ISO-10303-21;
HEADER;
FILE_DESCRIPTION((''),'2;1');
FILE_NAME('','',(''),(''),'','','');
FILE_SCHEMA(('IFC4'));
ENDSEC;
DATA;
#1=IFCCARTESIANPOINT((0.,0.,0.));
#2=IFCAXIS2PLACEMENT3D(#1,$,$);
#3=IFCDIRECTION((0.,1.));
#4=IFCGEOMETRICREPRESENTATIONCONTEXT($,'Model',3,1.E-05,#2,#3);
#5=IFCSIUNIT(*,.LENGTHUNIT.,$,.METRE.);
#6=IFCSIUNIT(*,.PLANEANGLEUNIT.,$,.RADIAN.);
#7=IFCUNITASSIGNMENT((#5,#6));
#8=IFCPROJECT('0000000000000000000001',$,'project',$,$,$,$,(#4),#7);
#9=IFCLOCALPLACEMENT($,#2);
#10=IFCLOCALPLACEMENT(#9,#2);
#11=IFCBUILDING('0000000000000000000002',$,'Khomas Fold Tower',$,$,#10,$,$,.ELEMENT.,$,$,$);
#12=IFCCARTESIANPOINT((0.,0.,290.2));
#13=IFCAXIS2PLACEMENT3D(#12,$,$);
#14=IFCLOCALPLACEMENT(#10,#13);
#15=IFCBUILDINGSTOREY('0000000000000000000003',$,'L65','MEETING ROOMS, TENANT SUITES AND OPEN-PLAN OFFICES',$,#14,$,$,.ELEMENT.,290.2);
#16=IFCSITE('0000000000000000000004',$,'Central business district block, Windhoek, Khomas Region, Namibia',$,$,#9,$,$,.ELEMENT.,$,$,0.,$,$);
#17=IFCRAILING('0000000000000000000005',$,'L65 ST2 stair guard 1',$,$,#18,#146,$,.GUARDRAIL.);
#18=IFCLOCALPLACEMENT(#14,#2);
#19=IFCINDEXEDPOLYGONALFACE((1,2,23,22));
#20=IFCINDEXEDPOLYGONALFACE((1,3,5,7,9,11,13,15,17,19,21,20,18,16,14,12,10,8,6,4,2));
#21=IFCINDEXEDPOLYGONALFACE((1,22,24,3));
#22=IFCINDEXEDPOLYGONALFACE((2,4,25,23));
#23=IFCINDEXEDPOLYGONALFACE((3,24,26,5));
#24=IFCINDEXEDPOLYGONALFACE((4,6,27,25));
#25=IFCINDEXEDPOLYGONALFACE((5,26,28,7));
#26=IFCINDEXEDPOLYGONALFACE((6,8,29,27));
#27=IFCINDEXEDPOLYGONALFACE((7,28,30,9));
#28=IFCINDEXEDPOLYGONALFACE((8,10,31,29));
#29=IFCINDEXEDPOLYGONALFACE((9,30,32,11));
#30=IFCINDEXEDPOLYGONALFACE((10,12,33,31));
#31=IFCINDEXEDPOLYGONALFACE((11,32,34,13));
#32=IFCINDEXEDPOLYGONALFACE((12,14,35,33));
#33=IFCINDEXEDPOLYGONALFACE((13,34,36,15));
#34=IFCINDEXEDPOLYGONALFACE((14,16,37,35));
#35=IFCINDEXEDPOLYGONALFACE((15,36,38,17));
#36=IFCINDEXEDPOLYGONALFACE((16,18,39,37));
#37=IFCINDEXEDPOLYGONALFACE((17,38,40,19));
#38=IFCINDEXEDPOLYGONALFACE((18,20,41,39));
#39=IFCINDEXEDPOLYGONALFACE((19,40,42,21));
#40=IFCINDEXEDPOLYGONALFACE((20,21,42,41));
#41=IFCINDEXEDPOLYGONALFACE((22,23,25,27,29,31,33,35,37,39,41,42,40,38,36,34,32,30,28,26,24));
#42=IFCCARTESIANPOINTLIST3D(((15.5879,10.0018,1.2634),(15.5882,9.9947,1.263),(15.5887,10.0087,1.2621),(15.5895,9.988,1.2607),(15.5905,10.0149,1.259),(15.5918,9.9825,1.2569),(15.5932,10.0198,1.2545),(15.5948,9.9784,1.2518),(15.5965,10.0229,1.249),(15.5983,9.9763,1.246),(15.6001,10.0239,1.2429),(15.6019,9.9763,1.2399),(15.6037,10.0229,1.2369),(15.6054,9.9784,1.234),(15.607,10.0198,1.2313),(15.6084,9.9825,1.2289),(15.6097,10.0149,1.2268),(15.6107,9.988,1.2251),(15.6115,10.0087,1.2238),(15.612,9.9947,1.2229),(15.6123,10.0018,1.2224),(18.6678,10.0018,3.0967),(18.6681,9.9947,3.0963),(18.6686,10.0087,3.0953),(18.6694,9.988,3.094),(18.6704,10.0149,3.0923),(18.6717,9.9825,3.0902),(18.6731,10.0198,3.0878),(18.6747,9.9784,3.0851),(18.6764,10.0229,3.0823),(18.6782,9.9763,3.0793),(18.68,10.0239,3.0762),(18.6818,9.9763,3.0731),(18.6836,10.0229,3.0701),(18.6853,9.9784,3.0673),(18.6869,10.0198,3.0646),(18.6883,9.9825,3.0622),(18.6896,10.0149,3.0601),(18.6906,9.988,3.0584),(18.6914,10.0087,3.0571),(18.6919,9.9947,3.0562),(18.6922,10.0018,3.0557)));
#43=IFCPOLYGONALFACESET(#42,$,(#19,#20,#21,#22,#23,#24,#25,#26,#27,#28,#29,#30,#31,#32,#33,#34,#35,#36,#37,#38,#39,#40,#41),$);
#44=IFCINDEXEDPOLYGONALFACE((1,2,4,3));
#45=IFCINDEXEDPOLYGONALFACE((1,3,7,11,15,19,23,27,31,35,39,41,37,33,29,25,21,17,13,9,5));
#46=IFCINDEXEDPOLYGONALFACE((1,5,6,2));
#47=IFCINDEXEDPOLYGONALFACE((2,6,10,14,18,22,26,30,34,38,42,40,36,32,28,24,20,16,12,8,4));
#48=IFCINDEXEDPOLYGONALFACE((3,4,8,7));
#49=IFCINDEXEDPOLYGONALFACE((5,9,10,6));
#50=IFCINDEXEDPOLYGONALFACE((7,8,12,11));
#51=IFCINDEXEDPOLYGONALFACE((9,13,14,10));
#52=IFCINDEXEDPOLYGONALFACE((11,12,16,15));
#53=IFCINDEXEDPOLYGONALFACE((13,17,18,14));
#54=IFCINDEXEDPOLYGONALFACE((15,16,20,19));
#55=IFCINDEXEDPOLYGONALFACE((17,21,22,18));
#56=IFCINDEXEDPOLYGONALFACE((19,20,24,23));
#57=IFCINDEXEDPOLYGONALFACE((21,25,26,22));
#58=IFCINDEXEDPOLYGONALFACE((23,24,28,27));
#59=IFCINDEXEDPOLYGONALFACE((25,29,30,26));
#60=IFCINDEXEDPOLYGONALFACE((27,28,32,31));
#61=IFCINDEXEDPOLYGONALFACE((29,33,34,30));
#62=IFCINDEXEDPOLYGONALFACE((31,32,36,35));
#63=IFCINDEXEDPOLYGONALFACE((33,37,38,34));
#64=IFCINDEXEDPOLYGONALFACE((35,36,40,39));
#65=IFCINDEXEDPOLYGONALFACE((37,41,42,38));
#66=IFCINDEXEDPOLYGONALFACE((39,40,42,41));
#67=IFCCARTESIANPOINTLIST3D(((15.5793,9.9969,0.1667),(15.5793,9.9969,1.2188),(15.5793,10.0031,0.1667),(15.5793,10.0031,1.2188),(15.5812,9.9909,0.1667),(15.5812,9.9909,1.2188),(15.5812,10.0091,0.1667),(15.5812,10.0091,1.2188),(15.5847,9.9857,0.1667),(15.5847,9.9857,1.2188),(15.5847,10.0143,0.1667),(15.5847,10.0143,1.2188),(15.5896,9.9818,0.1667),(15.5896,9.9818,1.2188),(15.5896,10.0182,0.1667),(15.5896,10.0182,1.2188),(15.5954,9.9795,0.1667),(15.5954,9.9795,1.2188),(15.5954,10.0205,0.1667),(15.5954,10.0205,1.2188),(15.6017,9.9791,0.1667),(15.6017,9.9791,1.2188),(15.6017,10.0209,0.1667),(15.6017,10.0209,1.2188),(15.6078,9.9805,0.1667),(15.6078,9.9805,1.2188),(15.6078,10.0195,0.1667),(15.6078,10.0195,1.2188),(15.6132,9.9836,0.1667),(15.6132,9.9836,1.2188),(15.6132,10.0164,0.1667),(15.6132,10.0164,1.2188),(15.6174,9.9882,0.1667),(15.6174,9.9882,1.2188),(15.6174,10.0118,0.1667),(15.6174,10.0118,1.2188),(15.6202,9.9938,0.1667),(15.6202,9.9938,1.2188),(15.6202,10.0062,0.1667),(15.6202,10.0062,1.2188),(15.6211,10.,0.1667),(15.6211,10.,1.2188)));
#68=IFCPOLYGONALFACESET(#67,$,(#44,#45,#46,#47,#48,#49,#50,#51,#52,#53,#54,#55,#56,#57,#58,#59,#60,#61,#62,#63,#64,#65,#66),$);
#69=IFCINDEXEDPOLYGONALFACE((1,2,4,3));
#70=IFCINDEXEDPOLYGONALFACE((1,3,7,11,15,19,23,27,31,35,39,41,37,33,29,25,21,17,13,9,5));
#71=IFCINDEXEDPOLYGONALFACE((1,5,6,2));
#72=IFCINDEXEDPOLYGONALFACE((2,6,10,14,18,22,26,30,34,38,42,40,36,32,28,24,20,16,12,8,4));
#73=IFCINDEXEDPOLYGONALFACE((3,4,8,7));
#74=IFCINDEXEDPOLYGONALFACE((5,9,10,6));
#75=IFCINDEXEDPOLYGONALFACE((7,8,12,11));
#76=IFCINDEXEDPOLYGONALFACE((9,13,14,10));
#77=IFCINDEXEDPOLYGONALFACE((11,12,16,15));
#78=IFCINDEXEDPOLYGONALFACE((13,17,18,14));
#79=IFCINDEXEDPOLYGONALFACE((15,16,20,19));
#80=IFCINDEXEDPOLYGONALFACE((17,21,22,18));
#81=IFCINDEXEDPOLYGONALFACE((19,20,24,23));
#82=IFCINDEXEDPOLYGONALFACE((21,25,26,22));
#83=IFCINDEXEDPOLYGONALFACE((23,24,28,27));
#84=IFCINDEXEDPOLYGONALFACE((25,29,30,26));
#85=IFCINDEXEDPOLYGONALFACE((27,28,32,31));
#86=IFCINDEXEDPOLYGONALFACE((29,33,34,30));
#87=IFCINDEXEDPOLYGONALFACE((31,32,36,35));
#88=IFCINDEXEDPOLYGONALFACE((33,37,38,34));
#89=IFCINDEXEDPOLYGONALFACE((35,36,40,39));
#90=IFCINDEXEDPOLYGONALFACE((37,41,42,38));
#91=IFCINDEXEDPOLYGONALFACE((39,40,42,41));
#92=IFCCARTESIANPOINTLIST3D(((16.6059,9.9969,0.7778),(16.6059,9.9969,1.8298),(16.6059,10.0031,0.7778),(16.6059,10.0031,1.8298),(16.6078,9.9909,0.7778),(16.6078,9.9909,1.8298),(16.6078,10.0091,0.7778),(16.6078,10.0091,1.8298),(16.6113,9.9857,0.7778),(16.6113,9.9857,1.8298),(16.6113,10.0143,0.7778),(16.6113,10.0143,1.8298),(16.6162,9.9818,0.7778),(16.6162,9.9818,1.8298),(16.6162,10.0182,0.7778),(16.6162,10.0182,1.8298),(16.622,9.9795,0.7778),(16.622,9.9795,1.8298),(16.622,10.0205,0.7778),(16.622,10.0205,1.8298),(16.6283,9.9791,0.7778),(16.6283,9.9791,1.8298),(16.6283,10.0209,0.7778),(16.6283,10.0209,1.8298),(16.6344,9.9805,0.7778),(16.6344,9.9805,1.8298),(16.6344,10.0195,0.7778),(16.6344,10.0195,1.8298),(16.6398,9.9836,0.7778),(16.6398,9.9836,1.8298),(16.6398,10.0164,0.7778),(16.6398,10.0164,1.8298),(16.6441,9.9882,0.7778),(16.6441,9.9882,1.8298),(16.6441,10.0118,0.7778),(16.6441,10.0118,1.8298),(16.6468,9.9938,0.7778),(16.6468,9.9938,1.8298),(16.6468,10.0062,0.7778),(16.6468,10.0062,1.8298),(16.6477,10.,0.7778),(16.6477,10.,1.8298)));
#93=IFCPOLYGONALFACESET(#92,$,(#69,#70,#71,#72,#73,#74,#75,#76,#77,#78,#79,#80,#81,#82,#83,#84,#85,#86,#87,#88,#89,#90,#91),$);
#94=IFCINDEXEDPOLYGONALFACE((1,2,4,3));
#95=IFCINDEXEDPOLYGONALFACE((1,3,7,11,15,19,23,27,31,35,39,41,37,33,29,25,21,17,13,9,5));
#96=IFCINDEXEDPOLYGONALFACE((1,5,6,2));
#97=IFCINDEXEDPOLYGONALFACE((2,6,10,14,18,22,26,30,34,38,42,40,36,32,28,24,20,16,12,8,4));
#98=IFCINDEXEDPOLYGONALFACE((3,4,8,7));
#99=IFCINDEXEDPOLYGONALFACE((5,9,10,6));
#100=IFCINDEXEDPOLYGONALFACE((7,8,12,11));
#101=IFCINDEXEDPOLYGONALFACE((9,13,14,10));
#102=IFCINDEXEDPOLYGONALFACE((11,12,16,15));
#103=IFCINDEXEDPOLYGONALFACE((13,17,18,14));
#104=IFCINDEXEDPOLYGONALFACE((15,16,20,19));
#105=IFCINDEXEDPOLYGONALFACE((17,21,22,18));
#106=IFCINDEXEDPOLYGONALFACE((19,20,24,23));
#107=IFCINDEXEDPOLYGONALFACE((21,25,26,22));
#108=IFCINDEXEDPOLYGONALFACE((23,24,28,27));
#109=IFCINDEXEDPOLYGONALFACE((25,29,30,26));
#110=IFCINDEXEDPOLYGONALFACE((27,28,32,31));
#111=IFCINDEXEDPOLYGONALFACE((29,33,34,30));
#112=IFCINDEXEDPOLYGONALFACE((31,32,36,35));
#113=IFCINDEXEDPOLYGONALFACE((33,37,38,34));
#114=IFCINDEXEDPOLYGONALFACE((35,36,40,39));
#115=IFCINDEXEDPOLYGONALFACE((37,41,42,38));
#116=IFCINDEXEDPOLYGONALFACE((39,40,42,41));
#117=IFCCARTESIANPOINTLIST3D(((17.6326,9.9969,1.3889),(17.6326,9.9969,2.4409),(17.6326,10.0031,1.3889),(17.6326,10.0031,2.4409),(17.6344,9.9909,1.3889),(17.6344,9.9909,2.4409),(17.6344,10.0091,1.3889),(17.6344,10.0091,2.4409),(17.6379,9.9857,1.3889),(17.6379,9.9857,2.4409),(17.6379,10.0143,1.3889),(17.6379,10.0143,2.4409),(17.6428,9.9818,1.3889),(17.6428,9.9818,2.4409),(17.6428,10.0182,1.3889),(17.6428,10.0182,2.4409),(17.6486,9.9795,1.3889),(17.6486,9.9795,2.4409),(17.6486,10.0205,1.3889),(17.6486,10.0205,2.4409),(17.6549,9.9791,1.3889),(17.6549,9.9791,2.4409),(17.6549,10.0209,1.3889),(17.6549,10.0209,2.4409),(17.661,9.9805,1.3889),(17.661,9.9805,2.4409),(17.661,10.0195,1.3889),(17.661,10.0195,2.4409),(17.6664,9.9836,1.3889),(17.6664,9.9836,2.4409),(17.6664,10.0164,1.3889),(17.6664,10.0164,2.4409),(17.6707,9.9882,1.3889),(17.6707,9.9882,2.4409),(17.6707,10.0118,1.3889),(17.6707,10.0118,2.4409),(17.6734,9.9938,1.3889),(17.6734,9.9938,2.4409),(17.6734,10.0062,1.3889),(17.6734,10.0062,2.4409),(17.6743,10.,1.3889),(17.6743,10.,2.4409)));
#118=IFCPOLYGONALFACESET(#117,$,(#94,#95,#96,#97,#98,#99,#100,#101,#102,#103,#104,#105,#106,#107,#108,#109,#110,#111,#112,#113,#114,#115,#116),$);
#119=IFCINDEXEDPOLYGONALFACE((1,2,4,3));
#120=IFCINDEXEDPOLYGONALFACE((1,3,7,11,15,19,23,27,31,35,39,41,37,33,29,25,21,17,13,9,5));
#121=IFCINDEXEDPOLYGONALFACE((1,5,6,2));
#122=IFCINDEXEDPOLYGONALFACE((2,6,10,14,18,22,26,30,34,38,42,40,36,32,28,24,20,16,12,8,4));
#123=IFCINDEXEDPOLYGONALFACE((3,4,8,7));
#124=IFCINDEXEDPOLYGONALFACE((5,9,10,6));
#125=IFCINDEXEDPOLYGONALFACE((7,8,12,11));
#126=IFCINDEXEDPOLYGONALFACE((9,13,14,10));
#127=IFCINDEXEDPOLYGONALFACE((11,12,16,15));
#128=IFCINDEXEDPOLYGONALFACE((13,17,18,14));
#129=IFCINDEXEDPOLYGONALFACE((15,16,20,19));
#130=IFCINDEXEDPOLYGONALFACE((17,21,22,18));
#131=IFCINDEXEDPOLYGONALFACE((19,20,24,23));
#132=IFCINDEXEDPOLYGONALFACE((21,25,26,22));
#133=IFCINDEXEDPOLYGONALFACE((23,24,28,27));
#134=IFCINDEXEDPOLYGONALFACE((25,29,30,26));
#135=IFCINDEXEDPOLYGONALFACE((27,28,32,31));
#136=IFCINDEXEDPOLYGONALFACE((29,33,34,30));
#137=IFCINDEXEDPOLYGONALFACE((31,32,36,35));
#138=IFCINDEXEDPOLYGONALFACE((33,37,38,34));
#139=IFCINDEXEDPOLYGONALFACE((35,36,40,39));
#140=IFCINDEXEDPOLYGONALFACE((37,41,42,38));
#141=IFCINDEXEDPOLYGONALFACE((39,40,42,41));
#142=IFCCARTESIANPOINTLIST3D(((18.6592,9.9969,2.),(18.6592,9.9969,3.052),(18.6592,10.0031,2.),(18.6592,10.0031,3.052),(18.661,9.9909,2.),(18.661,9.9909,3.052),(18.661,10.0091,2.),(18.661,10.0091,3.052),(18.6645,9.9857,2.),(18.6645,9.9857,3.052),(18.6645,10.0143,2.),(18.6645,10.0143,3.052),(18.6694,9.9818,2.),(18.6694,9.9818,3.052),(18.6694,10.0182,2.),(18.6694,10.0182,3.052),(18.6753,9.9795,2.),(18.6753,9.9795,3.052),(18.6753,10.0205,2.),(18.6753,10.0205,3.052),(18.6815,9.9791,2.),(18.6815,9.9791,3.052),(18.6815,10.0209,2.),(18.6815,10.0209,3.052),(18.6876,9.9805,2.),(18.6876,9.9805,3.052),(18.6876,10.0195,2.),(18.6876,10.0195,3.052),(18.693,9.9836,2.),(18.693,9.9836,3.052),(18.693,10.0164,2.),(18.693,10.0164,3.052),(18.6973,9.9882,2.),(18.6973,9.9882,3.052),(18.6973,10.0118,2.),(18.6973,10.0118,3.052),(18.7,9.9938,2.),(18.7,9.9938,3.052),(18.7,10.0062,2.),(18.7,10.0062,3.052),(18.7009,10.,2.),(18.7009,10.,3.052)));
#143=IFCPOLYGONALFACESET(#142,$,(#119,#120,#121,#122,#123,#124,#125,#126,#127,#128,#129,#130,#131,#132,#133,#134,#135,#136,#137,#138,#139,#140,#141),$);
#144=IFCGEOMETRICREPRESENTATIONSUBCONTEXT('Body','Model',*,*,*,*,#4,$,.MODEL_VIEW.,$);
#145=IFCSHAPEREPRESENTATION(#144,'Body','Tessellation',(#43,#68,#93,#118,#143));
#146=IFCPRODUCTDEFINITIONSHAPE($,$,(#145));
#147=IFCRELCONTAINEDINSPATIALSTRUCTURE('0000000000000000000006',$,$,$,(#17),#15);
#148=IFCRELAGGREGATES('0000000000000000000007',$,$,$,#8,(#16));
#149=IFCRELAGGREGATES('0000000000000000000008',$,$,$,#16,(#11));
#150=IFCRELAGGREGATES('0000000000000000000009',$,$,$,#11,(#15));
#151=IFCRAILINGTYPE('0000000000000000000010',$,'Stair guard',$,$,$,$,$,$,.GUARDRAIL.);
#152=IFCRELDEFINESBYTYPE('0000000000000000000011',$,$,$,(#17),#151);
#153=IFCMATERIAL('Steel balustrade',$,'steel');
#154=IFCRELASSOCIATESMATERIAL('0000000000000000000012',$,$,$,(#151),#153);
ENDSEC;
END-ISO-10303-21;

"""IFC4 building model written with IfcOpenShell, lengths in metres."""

from ifc_helpers import new_model, si_unit, direction, frame, origin, origin_2d, place, context, subcontext, project, spatial, circle, extrude, source, transform, mapped, material, type_object, element, save


model = new_model("IFC4")

# Units and contexts
model_context = context("Model", 3, precision=1e-05, world=origin(), true_north=direction((0.0, 1.0)))
body_context = subcontext(model_context, "Body", "Model", "MODEL_VIEW")
ifc_project = project(units=[si_unit("LENGTHUNIT", "METRE"), si_unit("PLANEANGLEUNIT", "RADIAN")], contexts=[model_context])

# Site, building, storey
site_placement = place(None, origin())
site = spatial("IfcSite", under=ifc_project, at=site_placement, Name="Central business district block, Windhoek, Khomas Region, Namibia", CompositionType="ELEMENT", RefElevation=0.0)
building_placement = place(site_placement, origin())
building = spatial("IfcBuilding", under=site, at=building_placement, Name="Khomas Fold Tower", CompositionType="ELEMENT")
storey_placement = place(building_placement, frame((0.0, 0.0, 290.2)))
storey = spatial("IfcBuildingStorey", under=building, at=storey_placement, Name="L65", Description="MEETING ROOMS, TENANT SUITES AND OPEN-PLAN OFFICES", CompositionType="ELEMENT", Elevation=290.2)

# Railing
ifc_material_1 = material(Name="Steel balustrade", Category="steel")
railing_type_1 = type_object("IfcRailingType", Name="Stair guard", PredefinedType="GUARDRAIL", material=ifc_material_1)
shared_shape_1 = source(origin(), body_context, "Body", "SweptSolid", [
    extrude(circle(Radius=0.0239, at=origin_2d()), frame((0.0, 0.0, 1.0762), z_axis=(0.859291, 0.0, 0.511487), x_axis=(0.0, 1.0, 0.0)), (0.0, 0.0, 1.0), 3.5842),
    extrude(circle(Radius=0.021, at=origin_2d()), origin(), (0.0, 0.0, 1.0), 1.052),
    extrude(circle(Radius=0.021, at=origin_2d()), frame((1.0266, 0.0, 0.6111)), (0.0, 0.0, 1.0), 1.052),
    extrude(circle(Radius=0.021, at=origin_2d()), frame((2.0532, 0.0, 1.2222)), (0.0, 0.0, 1.0), 1.052),
    extrude(circle(Radius=0.021, at=origin_2d()), frame((3.0798, 0.0, 1.8333)), (0.0, 0.0, 1.0), 1.052),
])
railing_1_placement = place(storey_placement, frame((15.6001, 10.0, 0.1667)))
element("IfcRailing", 1, at=railing_1_placement, inside=storey, type_object=railing_type_1, Name="L65 ST2 stair guard 1", PredefinedType="GUARDRAIL", context=body_context, shape_type="MappedRepresentation", body=[
    mapped(shared_shape_1, transform((0.0, 0.0, 0.0))),
])

save(model, "model.ifc")
